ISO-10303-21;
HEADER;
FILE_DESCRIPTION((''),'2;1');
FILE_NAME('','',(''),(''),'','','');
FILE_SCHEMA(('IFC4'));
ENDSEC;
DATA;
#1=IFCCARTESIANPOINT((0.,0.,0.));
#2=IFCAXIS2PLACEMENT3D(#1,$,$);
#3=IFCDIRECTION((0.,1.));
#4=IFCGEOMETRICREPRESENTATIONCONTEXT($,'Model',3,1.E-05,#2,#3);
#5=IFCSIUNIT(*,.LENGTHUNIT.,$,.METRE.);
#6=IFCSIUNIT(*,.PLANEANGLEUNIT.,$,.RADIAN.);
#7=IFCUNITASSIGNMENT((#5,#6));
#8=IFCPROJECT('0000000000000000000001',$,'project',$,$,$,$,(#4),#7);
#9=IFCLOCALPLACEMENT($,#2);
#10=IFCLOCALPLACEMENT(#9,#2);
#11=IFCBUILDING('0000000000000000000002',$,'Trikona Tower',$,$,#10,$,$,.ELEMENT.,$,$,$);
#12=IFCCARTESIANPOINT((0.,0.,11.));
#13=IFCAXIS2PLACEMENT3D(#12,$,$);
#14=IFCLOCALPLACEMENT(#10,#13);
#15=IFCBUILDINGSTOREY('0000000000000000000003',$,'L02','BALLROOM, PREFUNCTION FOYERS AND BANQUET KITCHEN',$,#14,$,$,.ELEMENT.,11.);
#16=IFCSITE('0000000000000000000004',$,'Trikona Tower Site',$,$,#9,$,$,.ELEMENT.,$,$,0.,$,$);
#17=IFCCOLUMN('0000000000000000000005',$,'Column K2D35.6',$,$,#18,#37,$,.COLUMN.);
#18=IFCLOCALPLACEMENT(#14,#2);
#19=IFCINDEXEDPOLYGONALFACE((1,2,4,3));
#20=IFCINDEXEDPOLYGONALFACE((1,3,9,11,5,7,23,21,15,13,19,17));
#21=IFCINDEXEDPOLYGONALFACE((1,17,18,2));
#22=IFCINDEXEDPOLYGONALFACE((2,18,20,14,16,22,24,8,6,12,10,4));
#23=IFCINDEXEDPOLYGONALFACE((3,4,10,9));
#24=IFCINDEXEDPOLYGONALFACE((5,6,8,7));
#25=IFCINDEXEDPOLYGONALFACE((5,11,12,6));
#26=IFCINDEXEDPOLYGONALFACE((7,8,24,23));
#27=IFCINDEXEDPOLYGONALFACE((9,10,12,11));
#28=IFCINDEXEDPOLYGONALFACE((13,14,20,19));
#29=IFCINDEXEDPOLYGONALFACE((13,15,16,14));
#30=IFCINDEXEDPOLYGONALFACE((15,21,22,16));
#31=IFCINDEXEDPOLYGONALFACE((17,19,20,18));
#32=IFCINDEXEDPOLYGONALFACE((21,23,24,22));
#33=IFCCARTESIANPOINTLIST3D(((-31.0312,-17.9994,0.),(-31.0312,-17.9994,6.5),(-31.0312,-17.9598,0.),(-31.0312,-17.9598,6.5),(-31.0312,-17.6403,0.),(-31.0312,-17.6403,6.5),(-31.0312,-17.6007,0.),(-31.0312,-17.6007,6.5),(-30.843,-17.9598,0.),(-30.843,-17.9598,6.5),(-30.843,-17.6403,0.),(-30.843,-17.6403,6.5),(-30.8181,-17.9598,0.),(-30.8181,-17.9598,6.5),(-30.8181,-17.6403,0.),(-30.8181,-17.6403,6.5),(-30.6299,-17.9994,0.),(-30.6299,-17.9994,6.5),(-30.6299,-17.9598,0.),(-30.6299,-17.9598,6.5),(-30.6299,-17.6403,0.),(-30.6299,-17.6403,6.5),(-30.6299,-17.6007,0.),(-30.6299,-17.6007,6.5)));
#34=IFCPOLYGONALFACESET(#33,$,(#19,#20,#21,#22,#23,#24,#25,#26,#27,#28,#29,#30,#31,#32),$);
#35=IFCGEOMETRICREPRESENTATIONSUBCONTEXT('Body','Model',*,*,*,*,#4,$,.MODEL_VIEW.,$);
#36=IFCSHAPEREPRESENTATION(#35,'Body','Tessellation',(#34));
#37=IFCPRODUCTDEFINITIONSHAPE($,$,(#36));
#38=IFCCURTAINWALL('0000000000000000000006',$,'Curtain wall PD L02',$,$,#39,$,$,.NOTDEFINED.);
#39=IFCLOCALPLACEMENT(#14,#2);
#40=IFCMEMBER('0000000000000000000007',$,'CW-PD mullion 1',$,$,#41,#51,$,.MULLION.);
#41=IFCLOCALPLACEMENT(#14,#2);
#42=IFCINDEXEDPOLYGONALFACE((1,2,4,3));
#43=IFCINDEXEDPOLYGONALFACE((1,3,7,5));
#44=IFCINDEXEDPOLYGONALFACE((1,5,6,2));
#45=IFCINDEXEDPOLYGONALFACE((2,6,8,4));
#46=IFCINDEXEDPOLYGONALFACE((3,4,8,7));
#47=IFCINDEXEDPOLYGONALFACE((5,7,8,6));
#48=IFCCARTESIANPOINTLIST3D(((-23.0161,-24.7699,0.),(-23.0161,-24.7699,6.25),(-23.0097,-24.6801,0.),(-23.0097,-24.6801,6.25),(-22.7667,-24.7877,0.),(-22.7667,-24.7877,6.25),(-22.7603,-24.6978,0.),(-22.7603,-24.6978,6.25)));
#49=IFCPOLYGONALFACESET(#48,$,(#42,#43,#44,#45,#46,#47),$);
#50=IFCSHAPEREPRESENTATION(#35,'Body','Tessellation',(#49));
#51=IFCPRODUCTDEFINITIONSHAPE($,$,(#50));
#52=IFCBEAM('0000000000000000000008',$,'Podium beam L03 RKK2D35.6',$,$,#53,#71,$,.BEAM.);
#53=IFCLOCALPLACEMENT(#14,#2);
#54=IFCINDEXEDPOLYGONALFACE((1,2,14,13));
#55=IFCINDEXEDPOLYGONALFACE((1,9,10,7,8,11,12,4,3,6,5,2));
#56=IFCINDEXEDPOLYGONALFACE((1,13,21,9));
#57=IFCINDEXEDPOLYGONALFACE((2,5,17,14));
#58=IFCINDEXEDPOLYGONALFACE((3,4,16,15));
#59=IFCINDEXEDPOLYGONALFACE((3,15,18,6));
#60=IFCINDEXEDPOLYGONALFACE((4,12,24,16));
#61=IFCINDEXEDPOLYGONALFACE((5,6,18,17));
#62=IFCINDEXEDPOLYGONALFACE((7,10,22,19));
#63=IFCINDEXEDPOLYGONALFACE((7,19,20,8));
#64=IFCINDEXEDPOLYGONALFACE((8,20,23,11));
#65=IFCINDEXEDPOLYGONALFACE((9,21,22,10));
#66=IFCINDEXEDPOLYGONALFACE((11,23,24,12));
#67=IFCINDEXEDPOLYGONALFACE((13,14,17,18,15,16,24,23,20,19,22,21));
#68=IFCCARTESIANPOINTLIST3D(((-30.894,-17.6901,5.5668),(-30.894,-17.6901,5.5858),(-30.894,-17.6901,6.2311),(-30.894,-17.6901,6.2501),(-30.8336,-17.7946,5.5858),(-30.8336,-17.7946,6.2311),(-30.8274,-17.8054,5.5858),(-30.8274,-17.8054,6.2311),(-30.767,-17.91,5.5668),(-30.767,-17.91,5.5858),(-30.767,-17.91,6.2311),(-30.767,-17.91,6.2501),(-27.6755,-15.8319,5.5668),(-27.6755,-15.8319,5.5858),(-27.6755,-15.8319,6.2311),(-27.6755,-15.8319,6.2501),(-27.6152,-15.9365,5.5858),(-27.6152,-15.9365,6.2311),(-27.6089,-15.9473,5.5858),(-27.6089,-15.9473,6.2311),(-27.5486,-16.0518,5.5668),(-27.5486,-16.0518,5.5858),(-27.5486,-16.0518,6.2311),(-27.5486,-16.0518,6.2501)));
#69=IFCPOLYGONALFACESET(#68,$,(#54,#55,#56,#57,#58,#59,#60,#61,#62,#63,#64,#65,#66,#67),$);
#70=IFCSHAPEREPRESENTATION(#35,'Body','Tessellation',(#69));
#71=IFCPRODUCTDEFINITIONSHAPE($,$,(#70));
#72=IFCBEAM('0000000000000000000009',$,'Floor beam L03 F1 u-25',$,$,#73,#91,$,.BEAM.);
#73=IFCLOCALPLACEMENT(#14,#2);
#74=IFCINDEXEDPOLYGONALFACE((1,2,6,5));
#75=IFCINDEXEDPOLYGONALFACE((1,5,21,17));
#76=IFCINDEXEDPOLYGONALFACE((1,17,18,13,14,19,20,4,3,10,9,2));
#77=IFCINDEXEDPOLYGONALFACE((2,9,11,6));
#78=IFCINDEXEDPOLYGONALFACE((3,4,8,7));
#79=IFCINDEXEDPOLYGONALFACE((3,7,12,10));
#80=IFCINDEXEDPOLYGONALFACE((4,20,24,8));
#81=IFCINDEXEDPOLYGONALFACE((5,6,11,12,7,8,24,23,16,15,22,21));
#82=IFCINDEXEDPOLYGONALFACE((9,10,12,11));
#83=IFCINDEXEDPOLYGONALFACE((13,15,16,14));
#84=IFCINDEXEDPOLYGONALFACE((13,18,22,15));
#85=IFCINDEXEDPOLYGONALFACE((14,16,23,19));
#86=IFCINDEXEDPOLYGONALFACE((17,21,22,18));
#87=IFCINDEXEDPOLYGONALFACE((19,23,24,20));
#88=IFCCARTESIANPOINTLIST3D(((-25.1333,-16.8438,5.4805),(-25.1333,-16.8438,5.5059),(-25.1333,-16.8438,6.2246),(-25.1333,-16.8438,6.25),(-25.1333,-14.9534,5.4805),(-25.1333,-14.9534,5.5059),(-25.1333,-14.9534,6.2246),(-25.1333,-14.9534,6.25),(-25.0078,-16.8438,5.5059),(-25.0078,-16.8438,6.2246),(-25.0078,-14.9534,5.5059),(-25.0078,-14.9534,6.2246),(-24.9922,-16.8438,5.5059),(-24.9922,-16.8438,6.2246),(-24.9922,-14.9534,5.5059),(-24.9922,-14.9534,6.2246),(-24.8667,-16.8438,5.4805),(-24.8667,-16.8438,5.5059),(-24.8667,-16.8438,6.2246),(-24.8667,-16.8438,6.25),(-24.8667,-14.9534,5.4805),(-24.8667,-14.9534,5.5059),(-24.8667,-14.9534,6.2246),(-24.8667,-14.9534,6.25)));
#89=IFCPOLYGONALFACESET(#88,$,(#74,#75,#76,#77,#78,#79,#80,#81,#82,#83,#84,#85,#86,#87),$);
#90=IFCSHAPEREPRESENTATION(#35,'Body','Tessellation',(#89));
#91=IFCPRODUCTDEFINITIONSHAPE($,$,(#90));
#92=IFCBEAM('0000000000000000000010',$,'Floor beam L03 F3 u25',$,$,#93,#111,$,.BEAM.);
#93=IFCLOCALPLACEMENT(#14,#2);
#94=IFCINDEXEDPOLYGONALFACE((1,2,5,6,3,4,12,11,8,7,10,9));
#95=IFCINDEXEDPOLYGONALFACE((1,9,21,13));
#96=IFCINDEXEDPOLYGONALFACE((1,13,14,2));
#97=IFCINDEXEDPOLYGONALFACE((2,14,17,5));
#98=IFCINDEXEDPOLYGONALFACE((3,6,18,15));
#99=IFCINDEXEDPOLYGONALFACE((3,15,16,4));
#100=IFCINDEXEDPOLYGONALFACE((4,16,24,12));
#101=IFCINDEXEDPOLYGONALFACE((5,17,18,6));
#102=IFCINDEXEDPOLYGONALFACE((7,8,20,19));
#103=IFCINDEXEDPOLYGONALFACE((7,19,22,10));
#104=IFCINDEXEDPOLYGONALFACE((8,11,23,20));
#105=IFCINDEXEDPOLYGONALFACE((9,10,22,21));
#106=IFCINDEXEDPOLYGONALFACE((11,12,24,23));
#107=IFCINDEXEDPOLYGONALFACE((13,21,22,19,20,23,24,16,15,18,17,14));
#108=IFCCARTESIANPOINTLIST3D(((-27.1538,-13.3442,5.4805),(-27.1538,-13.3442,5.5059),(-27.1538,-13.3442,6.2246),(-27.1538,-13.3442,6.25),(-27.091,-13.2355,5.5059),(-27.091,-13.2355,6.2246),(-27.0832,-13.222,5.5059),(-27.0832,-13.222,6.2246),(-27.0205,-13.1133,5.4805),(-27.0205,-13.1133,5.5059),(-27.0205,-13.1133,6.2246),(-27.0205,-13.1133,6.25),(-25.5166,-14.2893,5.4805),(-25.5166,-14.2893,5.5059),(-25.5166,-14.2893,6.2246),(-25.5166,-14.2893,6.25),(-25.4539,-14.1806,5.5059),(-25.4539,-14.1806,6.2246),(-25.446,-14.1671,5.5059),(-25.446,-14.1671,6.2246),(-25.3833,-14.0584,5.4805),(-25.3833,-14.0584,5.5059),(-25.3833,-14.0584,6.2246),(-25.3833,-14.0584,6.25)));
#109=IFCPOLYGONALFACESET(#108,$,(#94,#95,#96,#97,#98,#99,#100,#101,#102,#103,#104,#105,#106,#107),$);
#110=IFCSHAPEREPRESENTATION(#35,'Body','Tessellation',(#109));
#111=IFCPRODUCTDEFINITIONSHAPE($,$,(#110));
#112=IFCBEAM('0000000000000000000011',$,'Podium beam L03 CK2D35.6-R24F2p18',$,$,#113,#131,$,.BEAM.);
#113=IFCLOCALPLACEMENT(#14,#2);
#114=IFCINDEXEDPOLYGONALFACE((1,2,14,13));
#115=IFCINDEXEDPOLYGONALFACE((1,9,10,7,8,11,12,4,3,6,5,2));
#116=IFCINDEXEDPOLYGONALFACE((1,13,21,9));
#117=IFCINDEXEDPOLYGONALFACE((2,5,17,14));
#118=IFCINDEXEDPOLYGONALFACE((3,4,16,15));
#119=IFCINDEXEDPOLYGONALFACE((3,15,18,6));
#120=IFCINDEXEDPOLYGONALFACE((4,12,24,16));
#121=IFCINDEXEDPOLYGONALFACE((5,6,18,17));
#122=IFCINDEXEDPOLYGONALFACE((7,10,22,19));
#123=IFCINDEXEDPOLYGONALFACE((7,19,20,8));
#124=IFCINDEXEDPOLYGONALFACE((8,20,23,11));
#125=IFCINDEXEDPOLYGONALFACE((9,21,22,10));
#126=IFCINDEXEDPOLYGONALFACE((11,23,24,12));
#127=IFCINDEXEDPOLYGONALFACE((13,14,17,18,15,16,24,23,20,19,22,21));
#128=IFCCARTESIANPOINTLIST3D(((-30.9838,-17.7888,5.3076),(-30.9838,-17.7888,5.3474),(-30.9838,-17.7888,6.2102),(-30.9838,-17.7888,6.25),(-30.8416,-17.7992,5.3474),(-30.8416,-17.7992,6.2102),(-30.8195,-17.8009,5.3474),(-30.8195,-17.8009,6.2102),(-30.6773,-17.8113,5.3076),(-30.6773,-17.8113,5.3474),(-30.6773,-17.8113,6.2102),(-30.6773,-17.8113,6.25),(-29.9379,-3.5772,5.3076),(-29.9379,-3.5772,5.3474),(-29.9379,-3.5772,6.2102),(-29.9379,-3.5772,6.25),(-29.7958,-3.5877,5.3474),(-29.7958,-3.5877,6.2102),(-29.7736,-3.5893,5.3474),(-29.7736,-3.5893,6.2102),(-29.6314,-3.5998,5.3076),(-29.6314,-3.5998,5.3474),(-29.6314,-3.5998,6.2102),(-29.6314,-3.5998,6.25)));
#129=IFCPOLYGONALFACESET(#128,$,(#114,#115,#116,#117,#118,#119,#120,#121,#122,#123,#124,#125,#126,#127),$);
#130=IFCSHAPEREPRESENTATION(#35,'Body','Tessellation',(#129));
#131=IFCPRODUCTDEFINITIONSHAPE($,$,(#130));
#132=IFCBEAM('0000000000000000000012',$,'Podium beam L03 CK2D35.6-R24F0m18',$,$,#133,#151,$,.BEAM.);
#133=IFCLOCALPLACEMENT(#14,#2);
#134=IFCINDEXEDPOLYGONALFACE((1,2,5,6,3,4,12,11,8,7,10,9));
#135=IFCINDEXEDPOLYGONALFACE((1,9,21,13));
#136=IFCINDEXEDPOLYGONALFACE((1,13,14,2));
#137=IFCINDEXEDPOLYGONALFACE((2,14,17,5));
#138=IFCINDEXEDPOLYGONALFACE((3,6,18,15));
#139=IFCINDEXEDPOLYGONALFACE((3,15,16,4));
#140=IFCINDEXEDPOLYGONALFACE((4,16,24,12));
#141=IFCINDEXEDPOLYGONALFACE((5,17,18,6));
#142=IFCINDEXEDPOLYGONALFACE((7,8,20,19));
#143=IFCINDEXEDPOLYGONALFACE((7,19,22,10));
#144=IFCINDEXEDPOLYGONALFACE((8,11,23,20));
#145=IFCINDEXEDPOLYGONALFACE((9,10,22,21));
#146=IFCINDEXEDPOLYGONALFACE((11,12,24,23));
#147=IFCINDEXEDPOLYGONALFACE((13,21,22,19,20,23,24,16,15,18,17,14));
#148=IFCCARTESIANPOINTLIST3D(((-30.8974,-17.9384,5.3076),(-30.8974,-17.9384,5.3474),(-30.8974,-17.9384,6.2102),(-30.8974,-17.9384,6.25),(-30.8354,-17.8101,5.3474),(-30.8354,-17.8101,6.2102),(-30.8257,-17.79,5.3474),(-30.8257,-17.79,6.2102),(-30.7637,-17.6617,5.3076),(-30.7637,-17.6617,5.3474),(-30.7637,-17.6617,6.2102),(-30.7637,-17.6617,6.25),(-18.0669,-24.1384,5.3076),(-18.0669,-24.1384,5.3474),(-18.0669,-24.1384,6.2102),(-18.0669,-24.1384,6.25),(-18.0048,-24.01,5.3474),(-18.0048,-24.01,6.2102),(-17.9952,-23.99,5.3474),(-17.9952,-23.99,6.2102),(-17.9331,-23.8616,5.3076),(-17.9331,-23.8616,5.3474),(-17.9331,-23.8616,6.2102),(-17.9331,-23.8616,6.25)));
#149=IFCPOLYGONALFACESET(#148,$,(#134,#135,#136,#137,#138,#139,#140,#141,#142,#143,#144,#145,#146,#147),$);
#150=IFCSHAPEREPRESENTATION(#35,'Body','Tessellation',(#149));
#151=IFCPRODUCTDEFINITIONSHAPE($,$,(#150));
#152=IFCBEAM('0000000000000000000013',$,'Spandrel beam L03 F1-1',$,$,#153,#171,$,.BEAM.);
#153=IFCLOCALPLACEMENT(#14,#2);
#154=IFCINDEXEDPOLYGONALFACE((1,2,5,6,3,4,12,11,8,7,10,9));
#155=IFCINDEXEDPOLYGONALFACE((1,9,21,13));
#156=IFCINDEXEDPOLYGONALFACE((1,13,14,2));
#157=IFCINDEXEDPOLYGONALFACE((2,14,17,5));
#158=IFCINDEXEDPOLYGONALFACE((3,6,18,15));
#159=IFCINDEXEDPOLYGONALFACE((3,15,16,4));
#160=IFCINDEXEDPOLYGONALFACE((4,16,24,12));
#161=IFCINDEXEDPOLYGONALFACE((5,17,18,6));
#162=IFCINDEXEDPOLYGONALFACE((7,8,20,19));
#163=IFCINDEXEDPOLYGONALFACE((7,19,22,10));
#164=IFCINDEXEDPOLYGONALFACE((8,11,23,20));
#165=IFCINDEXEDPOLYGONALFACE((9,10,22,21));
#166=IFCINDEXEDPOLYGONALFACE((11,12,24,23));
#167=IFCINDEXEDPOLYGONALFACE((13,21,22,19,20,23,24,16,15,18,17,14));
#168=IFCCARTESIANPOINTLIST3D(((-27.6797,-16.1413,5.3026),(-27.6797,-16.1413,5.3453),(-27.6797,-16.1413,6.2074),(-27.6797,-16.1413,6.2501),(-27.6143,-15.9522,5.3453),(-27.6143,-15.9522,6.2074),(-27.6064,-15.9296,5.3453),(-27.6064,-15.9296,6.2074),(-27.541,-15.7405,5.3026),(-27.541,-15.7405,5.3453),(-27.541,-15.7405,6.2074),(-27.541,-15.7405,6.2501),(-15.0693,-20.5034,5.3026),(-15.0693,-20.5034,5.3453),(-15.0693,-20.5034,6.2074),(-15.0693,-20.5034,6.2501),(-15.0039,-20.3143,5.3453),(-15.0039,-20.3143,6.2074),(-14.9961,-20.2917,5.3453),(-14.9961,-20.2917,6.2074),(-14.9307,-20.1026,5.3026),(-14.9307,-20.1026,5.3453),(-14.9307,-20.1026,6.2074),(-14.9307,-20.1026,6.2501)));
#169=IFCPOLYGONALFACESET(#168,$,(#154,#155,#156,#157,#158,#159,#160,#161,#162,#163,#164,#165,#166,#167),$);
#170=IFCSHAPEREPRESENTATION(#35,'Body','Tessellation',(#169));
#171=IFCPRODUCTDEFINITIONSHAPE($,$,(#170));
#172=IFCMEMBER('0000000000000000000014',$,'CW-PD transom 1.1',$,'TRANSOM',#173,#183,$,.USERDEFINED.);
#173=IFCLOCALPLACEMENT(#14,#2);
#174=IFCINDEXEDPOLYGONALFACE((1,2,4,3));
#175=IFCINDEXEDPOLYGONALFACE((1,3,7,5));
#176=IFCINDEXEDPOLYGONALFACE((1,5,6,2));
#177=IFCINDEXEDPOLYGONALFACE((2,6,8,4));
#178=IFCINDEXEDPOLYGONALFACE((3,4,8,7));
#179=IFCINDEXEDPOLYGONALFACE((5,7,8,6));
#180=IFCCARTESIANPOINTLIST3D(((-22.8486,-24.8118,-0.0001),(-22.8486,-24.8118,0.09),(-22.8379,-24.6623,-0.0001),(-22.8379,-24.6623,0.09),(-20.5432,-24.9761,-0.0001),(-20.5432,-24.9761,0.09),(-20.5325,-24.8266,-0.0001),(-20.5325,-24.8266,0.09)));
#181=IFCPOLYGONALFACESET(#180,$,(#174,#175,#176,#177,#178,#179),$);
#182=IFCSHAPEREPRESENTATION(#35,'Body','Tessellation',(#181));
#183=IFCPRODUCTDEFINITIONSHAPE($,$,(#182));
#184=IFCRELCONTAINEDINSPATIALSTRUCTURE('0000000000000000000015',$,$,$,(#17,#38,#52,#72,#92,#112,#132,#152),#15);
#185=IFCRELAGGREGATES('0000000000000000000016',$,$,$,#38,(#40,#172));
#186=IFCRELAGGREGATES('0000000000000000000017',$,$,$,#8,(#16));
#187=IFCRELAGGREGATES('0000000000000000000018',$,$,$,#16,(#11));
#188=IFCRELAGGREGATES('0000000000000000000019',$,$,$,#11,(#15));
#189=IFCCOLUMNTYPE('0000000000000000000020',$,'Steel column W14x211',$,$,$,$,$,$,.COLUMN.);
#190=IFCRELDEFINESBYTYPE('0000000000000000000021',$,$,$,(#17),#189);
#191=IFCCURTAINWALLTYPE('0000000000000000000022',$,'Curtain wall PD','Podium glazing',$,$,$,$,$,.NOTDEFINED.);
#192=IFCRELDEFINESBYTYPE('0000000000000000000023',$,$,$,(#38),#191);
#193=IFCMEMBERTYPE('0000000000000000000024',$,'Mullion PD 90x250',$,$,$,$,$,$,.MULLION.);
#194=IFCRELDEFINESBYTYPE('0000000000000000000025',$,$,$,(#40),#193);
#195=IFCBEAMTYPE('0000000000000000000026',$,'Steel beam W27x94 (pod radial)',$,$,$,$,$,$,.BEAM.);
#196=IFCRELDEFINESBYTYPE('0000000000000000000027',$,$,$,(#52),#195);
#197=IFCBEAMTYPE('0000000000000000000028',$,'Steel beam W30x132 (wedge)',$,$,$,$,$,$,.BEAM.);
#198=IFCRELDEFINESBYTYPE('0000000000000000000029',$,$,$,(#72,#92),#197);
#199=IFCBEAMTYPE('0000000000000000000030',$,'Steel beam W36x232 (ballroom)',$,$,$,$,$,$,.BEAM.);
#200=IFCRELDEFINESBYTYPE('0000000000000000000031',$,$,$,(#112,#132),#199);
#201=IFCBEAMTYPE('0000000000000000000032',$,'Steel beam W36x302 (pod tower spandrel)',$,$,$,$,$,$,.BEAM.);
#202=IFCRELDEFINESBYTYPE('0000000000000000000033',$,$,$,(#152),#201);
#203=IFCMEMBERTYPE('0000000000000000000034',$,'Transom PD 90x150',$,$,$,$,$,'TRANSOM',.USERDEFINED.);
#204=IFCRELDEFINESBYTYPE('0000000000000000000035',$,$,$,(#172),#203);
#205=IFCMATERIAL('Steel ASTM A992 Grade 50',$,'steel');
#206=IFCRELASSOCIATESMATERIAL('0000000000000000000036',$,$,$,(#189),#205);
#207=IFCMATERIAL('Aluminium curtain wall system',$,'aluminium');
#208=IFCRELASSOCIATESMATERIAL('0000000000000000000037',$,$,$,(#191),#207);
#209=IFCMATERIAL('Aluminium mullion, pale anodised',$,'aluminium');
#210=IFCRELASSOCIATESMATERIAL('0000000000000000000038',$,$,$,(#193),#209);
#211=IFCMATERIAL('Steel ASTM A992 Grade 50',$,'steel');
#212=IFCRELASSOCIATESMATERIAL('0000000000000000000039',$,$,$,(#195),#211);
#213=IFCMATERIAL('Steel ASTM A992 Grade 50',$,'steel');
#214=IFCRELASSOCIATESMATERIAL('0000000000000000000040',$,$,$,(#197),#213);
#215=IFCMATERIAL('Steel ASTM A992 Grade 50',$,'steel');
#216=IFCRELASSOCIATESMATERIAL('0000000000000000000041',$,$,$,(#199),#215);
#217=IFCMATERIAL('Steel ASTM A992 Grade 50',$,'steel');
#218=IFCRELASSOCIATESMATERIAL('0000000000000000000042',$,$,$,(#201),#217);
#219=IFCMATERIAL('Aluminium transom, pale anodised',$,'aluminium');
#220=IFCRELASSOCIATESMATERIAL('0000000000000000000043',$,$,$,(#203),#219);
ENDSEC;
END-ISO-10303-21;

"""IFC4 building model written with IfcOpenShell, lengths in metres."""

from ifc_helpers import new_model, si_unit, direction, frame, origin, origin_2d, place, context, subcontext, project, spatial, rectangle, i_section, extrude, material, material_profile, profile_set, type_object, element, aggregate, save


model = new_model("IFC4")

# Units and contexts
model_context = context("Model", 3, precision=1e-05, world=origin(), true_north=direction((0.0, 1.0)))
body_context = subcontext(model_context, "Body", "Model", "MODEL_VIEW")
ifc_project = project(units=[si_unit("LENGTHUNIT", "METRE"), si_unit("PLANEANGLEUNIT", "RADIAN")], contexts=[model_context])

# Site, building, storey
site_placement = place(None, origin())
site = spatial("IfcSite", under=ifc_project, at=site_placement, Name="Trikona Tower Site", CompositionType="ELEMENT", RefElevation=0.0)
building_placement = place(site_placement, origin())
building = spatial("IfcBuilding", under=site, at=building_placement, Name="Trikona Tower", CompositionType="ELEMENT")
storey_placement = place(building_placement, frame((0.0, 0.0, 11.0)))
storey = spatial("IfcBuildingStorey", under=building, at=storey_placement, Name="L02", Description="BALLROOM, PREFUNCTION FOYERS AND BANQUET KITCHEN", CompositionType="ELEMENT", Elevation=11.0)

# Column
ifc_material_1 = material(Name="Steel ASTM A992 Grade 50", Category="steel")
ifc_material_profile_1 = material_profile(ifc_material_1, i_section(OverallWidth=0.4014, OverallDepth=0.3987, WebThickness=0.0249, FlangeThickness=0.0396, at=origin_2d()), Name="W14X211")
ifc_profile_set_1 = profile_set([ifc_material_profile_1], Name="Steel ASTM A992 Grade 50")
column_type = type_object("IfcColumnType", Name="Steel column W14x211", PredefinedType="COLUMN", material=ifc_profile_set_1)
column_placement = place(storey_placement, frame((-30.8306, -17.8, 0.0), z_axis=(0.0, 0.0, 1.0), x_axis=(1.0, 0.0, 0.0)))
element("IfcColumn", 1, at=column_placement, inside=storey, type_object=column_type, Name="Column K2D35.6", PredefinedType="COLUMN", context=body_context, shape_type="SweptSolid", body=[
    extrude(i_section(OverallWidth=0.4014, OverallDepth=0.3987, WebThickness=0.0249, FlangeThickness=0.0396, at=origin_2d()), origin(), (0.0, 0.0, 1.0), 6.5),
])

# Curtain wall, member
ifc_material_2 = material(Name="Aluminium curtain wall system", Category="aluminium")
curtain_wall_type = type_object("IfcCurtainWallType", Name="Curtain wall PD", Description="Podium glazing", PredefinedType="NOTDEFINED", material=ifc_material_2)
curtain_wall_placement = place(storey_placement, origin())
curtain_wall = element("IfcCurtainWall", 2, at=curtain_wall_placement, inside=storey, type_object=curtain_wall_type, Name="Curtain wall PD L02", PredefinedType="NOTDEFINED")
ifc_material_3 = material(Name="Aluminium mullion, pale anodised", Category="aluminium")
ifc_material_profile_2 = material_profile(ifc_material_3, rectangle(XDim=0.0901, YDim=0.25, at=origin_2d()), Name="MUL-PD")
ifc_profile_set_2 = profile_set([ifc_material_profile_2], Name="Aluminium mullion, pale anodised")
member_type_1 = type_object("IfcMemberType", Name="Mullion PD 90x250", PredefinedType="MULLION", material=ifc_profile_set_2)
member_1_placement = place(storey_placement, frame((-22.8882, -24.7339, 0.0), z_axis=(0.0, 0.0, 1.0), x_axis=(0.071126, 0.997467, 0.0)))
member_1 = element("IfcMember", 3, at=member_1_placement, type_object=member_type_1, Name="CW-PD mullion 1", PredefinedType="MULLION", context=body_context, shape_type="SweptSolid", body=[
    extrude(rectangle(XDim=0.0901, YDim=0.25, at=origin_2d()), origin(), (0.0, 0.0, 1.0), 6.25),
])

# Beams
ifc_material_4 = material(Name="Steel ASTM A992 Grade 50", Category="steel")
ifc_material_profile_3 = material_profile(ifc_material_4, i_section(OverallWidth=0.2539, OverallDepth=0.6833, WebThickness=0.0125, FlangeThickness=0.019, at=origin_2d()), Name="W27X94")
ifc_profile_set_3 = profile_set([ifc_material_profile_3], Name="Steel ASTM A992 Grade 50")
beam_type_1 = type_object("IfcBeamType", Name="Steel beam W27x94 (pod radial)", PredefinedType="BEAM", material=ifc_profile_set_3)
beam_1_placement = place(storey_placement, frame((-27.6121, -15.9419, 5.9084), z_axis=(-0.866031, -0.49999, 0.0), x_axis=(0.49999, -0.866031, 0.0)))
element("IfcBeam", 4, at=beam_1_placement, inside=storey, type_object=beam_type_1, Name="Podium beam L03 RKK2D35.6", PredefinedType="BEAM", context=body_context, shape_type="SweptSolid", body=[
    extrude(i_section(OverallWidth=0.2539, OverallDepth=0.6833, WebThickness=0.0125, FlangeThickness=0.019, at=origin_2d()), origin(), (0.0, 0.0, 1.0), 3.7163),
])
ifc_material_5 = material(Name="Steel ASTM A992 Grade 50", Category="steel")
ifc_material_profile_4 = material_profile(ifc_material_5, i_section(OverallWidth=0.2666, OverallDepth=0.7695, WebThickness=0.0156, FlangeThickness=0.0254, at=origin_2d()), Name="W30X132")
ifc_profile_set_4 = profile_set([ifc_material_profile_4], Name="Steel ASTM A992 Grade 50")
beam_type_2 = type_object("IfcBeamType", Name="Steel beam W30x132 (wedge)", PredefinedType="BEAM", material=ifc_profile_set_4)
for number, where, z_axis, x_axis, name in (
    (5, (-25.0, -14.9534, 5.8652), (0.0, -1.0, 0.0), (1.0, 0.0, 0.0), "Floor beam L03 F1 u-25"),
    (6, (-25.45, -14.1738, 5.8652), (-0.866065, 0.499931, 0.0), (-0.499931, -0.866065, 0.0), "Floor beam L03 F3 u25"),
):
    element("IfcBeam", number, at=place(storey_placement, frame(where, z_axis=z_axis, x_axis=x_axis)), inside=storey, type_object=beam_type_2, Name=name, PredefinedType="BEAM", context=body_context, shape_type="SweptSolid", body=[
        extrude(i_section(OverallWidth=0.2666, OverallDepth=0.7695, WebThickness=0.0156, FlangeThickness=0.0254, at=origin_2d()), origin(), (0.0, 0.0, 1.0), 1.8904),
    ])
ifc_material_6 = material(Name="Steel ASTM A992 Grade 50", Category="steel")
ifc_material_profile_5 = material_profile(ifc_material_6, i_section(OverallWidth=0.3074, OverallDepth=0.9424, WebThickness=0.0222, FlangeThickness=0.0398, at=origin_2d()), Name="W36X232")
ifc_profile_set_5 = profile_set([ifc_material_profile_5], Name="Steel ASTM A992 Grade 50")
beam_type_3 = type_object("IfcBeamType", Name="Steel beam W36x232 (ballroom)", PredefinedType="BEAM", material=ifc_profile_set_5)
for number, where, z_axis, x_axis, name in (
    (7, (-30.8306, -17.8, 5.7788), (0.073396, 0.997303, 0.0), (-0.997303, 0.073396, 0.0), "Podium beam L03 CK2D35.6-R24F2p18"),
    (8, (-30.8306, -17.8, 5.7788), (0.90039, -0.435084, 0.0), (0.435084, 0.90039, 0.0), "Podium beam L03 CK2D35.6-R24F0m18"),
):
    element("IfcBeam", number, at=place(storey_placement, frame(where, z_axis=z_axis, x_axis=x_axis)), inside=storey, type_object=beam_type_3, Name=name, PredefinedType="BEAM", context=body_context, shape_type="SweptSolid", body=[
        extrude(i_section(OverallWidth=0.3074, OverallDepth=0.9424, WebThickness=0.0222, FlangeThickness=0.0398, at=origin_2d()), origin(), (0.0, 0.0, 1.0), 14.25),
    ])
ifc_material_7 = material(Name="Steel ASTM A992 Grade 50", Category="steel")
ifc_material_profile_6 = material_profile(ifc_material_7, i_section(OverallWidth=0.4241, OverallDepth=0.9475, WebThickness=0.0239, FlangeThickness=0.0427, at=origin_2d()), Name="W36X302")
ifc_profile_set_6 = profile_set([ifc_material_profile_6], Name="Steel ASTM A992 Grade 50")
beam_type_4 = type_object("IfcBeamType", Name="Steel beam W36x302 (pod tower spandrel)", PredefinedType="BEAM", material=ifc_profile_set_6)
beam_2_placement = place(storey_placement, frame((-27.6104, -15.9409, 5.7764), z_axis=(0.945057, -0.326906, 0.0), x_axis=(0.326906, 0.945057, 0.0)))
element("IfcBeam", 9, at=beam_2_placement, inside=storey, type_object=beam_type_4, Name="Spandrel beam L03 F1-1", PredefinedType="BEAM", context=body_context, shape_type="SweptSolid", body=[
    extrude(i_section(OverallWidth=0.4241, OverallDepth=0.9475, WebThickness=0.0239, FlangeThickness=0.0427, at=origin_2d()), origin(), (0.0, 0.0, 1.0), 13.3435),
])

# Member
ifc_material_8 = material(Name="Aluminium transom, pale anodised", Category="aluminium")
ifc_material_profile_7 = material_profile(ifc_material_8, rectangle(XDim=0.1499, YDim=0.0901, at=origin_2d()), Name="TRN-PD")
ifc_profile_set_7 = profile_set([ifc_material_profile_7], Name="Aluminium transom, pale anodised")
member_type_2 = type_object("IfcMemberType", Name="Transom PD 90x150", ElementType="TRANSOM", PredefinedType="USERDEFINED", material=ifc_profile_set_7)
member_2_placement = place(storey_placement, frame((-22.8433, -24.7371, 0.0449), z_axis=(0.99747, -0.071089, 0.0), x_axis=(0.071089, 0.99747, 0.0)))
member_2 = element("IfcMember", 10, at=member_2_placement, type_object=member_type_2, Name="CW-PD transom 1.1", ObjectType="TRANSOM", PredefinedType="USERDEFINED", context=body_context, shape_type="SweptSolid", body=[
    extrude(rectangle(XDim=0.1499, YDim=0.0901, at=origin_2d()), origin(), (0.0, 0.0, 1.0), 2.3113),
])
aggregate(curtain_wall, [member_1, member_2])

save(model, "model.ifc")
